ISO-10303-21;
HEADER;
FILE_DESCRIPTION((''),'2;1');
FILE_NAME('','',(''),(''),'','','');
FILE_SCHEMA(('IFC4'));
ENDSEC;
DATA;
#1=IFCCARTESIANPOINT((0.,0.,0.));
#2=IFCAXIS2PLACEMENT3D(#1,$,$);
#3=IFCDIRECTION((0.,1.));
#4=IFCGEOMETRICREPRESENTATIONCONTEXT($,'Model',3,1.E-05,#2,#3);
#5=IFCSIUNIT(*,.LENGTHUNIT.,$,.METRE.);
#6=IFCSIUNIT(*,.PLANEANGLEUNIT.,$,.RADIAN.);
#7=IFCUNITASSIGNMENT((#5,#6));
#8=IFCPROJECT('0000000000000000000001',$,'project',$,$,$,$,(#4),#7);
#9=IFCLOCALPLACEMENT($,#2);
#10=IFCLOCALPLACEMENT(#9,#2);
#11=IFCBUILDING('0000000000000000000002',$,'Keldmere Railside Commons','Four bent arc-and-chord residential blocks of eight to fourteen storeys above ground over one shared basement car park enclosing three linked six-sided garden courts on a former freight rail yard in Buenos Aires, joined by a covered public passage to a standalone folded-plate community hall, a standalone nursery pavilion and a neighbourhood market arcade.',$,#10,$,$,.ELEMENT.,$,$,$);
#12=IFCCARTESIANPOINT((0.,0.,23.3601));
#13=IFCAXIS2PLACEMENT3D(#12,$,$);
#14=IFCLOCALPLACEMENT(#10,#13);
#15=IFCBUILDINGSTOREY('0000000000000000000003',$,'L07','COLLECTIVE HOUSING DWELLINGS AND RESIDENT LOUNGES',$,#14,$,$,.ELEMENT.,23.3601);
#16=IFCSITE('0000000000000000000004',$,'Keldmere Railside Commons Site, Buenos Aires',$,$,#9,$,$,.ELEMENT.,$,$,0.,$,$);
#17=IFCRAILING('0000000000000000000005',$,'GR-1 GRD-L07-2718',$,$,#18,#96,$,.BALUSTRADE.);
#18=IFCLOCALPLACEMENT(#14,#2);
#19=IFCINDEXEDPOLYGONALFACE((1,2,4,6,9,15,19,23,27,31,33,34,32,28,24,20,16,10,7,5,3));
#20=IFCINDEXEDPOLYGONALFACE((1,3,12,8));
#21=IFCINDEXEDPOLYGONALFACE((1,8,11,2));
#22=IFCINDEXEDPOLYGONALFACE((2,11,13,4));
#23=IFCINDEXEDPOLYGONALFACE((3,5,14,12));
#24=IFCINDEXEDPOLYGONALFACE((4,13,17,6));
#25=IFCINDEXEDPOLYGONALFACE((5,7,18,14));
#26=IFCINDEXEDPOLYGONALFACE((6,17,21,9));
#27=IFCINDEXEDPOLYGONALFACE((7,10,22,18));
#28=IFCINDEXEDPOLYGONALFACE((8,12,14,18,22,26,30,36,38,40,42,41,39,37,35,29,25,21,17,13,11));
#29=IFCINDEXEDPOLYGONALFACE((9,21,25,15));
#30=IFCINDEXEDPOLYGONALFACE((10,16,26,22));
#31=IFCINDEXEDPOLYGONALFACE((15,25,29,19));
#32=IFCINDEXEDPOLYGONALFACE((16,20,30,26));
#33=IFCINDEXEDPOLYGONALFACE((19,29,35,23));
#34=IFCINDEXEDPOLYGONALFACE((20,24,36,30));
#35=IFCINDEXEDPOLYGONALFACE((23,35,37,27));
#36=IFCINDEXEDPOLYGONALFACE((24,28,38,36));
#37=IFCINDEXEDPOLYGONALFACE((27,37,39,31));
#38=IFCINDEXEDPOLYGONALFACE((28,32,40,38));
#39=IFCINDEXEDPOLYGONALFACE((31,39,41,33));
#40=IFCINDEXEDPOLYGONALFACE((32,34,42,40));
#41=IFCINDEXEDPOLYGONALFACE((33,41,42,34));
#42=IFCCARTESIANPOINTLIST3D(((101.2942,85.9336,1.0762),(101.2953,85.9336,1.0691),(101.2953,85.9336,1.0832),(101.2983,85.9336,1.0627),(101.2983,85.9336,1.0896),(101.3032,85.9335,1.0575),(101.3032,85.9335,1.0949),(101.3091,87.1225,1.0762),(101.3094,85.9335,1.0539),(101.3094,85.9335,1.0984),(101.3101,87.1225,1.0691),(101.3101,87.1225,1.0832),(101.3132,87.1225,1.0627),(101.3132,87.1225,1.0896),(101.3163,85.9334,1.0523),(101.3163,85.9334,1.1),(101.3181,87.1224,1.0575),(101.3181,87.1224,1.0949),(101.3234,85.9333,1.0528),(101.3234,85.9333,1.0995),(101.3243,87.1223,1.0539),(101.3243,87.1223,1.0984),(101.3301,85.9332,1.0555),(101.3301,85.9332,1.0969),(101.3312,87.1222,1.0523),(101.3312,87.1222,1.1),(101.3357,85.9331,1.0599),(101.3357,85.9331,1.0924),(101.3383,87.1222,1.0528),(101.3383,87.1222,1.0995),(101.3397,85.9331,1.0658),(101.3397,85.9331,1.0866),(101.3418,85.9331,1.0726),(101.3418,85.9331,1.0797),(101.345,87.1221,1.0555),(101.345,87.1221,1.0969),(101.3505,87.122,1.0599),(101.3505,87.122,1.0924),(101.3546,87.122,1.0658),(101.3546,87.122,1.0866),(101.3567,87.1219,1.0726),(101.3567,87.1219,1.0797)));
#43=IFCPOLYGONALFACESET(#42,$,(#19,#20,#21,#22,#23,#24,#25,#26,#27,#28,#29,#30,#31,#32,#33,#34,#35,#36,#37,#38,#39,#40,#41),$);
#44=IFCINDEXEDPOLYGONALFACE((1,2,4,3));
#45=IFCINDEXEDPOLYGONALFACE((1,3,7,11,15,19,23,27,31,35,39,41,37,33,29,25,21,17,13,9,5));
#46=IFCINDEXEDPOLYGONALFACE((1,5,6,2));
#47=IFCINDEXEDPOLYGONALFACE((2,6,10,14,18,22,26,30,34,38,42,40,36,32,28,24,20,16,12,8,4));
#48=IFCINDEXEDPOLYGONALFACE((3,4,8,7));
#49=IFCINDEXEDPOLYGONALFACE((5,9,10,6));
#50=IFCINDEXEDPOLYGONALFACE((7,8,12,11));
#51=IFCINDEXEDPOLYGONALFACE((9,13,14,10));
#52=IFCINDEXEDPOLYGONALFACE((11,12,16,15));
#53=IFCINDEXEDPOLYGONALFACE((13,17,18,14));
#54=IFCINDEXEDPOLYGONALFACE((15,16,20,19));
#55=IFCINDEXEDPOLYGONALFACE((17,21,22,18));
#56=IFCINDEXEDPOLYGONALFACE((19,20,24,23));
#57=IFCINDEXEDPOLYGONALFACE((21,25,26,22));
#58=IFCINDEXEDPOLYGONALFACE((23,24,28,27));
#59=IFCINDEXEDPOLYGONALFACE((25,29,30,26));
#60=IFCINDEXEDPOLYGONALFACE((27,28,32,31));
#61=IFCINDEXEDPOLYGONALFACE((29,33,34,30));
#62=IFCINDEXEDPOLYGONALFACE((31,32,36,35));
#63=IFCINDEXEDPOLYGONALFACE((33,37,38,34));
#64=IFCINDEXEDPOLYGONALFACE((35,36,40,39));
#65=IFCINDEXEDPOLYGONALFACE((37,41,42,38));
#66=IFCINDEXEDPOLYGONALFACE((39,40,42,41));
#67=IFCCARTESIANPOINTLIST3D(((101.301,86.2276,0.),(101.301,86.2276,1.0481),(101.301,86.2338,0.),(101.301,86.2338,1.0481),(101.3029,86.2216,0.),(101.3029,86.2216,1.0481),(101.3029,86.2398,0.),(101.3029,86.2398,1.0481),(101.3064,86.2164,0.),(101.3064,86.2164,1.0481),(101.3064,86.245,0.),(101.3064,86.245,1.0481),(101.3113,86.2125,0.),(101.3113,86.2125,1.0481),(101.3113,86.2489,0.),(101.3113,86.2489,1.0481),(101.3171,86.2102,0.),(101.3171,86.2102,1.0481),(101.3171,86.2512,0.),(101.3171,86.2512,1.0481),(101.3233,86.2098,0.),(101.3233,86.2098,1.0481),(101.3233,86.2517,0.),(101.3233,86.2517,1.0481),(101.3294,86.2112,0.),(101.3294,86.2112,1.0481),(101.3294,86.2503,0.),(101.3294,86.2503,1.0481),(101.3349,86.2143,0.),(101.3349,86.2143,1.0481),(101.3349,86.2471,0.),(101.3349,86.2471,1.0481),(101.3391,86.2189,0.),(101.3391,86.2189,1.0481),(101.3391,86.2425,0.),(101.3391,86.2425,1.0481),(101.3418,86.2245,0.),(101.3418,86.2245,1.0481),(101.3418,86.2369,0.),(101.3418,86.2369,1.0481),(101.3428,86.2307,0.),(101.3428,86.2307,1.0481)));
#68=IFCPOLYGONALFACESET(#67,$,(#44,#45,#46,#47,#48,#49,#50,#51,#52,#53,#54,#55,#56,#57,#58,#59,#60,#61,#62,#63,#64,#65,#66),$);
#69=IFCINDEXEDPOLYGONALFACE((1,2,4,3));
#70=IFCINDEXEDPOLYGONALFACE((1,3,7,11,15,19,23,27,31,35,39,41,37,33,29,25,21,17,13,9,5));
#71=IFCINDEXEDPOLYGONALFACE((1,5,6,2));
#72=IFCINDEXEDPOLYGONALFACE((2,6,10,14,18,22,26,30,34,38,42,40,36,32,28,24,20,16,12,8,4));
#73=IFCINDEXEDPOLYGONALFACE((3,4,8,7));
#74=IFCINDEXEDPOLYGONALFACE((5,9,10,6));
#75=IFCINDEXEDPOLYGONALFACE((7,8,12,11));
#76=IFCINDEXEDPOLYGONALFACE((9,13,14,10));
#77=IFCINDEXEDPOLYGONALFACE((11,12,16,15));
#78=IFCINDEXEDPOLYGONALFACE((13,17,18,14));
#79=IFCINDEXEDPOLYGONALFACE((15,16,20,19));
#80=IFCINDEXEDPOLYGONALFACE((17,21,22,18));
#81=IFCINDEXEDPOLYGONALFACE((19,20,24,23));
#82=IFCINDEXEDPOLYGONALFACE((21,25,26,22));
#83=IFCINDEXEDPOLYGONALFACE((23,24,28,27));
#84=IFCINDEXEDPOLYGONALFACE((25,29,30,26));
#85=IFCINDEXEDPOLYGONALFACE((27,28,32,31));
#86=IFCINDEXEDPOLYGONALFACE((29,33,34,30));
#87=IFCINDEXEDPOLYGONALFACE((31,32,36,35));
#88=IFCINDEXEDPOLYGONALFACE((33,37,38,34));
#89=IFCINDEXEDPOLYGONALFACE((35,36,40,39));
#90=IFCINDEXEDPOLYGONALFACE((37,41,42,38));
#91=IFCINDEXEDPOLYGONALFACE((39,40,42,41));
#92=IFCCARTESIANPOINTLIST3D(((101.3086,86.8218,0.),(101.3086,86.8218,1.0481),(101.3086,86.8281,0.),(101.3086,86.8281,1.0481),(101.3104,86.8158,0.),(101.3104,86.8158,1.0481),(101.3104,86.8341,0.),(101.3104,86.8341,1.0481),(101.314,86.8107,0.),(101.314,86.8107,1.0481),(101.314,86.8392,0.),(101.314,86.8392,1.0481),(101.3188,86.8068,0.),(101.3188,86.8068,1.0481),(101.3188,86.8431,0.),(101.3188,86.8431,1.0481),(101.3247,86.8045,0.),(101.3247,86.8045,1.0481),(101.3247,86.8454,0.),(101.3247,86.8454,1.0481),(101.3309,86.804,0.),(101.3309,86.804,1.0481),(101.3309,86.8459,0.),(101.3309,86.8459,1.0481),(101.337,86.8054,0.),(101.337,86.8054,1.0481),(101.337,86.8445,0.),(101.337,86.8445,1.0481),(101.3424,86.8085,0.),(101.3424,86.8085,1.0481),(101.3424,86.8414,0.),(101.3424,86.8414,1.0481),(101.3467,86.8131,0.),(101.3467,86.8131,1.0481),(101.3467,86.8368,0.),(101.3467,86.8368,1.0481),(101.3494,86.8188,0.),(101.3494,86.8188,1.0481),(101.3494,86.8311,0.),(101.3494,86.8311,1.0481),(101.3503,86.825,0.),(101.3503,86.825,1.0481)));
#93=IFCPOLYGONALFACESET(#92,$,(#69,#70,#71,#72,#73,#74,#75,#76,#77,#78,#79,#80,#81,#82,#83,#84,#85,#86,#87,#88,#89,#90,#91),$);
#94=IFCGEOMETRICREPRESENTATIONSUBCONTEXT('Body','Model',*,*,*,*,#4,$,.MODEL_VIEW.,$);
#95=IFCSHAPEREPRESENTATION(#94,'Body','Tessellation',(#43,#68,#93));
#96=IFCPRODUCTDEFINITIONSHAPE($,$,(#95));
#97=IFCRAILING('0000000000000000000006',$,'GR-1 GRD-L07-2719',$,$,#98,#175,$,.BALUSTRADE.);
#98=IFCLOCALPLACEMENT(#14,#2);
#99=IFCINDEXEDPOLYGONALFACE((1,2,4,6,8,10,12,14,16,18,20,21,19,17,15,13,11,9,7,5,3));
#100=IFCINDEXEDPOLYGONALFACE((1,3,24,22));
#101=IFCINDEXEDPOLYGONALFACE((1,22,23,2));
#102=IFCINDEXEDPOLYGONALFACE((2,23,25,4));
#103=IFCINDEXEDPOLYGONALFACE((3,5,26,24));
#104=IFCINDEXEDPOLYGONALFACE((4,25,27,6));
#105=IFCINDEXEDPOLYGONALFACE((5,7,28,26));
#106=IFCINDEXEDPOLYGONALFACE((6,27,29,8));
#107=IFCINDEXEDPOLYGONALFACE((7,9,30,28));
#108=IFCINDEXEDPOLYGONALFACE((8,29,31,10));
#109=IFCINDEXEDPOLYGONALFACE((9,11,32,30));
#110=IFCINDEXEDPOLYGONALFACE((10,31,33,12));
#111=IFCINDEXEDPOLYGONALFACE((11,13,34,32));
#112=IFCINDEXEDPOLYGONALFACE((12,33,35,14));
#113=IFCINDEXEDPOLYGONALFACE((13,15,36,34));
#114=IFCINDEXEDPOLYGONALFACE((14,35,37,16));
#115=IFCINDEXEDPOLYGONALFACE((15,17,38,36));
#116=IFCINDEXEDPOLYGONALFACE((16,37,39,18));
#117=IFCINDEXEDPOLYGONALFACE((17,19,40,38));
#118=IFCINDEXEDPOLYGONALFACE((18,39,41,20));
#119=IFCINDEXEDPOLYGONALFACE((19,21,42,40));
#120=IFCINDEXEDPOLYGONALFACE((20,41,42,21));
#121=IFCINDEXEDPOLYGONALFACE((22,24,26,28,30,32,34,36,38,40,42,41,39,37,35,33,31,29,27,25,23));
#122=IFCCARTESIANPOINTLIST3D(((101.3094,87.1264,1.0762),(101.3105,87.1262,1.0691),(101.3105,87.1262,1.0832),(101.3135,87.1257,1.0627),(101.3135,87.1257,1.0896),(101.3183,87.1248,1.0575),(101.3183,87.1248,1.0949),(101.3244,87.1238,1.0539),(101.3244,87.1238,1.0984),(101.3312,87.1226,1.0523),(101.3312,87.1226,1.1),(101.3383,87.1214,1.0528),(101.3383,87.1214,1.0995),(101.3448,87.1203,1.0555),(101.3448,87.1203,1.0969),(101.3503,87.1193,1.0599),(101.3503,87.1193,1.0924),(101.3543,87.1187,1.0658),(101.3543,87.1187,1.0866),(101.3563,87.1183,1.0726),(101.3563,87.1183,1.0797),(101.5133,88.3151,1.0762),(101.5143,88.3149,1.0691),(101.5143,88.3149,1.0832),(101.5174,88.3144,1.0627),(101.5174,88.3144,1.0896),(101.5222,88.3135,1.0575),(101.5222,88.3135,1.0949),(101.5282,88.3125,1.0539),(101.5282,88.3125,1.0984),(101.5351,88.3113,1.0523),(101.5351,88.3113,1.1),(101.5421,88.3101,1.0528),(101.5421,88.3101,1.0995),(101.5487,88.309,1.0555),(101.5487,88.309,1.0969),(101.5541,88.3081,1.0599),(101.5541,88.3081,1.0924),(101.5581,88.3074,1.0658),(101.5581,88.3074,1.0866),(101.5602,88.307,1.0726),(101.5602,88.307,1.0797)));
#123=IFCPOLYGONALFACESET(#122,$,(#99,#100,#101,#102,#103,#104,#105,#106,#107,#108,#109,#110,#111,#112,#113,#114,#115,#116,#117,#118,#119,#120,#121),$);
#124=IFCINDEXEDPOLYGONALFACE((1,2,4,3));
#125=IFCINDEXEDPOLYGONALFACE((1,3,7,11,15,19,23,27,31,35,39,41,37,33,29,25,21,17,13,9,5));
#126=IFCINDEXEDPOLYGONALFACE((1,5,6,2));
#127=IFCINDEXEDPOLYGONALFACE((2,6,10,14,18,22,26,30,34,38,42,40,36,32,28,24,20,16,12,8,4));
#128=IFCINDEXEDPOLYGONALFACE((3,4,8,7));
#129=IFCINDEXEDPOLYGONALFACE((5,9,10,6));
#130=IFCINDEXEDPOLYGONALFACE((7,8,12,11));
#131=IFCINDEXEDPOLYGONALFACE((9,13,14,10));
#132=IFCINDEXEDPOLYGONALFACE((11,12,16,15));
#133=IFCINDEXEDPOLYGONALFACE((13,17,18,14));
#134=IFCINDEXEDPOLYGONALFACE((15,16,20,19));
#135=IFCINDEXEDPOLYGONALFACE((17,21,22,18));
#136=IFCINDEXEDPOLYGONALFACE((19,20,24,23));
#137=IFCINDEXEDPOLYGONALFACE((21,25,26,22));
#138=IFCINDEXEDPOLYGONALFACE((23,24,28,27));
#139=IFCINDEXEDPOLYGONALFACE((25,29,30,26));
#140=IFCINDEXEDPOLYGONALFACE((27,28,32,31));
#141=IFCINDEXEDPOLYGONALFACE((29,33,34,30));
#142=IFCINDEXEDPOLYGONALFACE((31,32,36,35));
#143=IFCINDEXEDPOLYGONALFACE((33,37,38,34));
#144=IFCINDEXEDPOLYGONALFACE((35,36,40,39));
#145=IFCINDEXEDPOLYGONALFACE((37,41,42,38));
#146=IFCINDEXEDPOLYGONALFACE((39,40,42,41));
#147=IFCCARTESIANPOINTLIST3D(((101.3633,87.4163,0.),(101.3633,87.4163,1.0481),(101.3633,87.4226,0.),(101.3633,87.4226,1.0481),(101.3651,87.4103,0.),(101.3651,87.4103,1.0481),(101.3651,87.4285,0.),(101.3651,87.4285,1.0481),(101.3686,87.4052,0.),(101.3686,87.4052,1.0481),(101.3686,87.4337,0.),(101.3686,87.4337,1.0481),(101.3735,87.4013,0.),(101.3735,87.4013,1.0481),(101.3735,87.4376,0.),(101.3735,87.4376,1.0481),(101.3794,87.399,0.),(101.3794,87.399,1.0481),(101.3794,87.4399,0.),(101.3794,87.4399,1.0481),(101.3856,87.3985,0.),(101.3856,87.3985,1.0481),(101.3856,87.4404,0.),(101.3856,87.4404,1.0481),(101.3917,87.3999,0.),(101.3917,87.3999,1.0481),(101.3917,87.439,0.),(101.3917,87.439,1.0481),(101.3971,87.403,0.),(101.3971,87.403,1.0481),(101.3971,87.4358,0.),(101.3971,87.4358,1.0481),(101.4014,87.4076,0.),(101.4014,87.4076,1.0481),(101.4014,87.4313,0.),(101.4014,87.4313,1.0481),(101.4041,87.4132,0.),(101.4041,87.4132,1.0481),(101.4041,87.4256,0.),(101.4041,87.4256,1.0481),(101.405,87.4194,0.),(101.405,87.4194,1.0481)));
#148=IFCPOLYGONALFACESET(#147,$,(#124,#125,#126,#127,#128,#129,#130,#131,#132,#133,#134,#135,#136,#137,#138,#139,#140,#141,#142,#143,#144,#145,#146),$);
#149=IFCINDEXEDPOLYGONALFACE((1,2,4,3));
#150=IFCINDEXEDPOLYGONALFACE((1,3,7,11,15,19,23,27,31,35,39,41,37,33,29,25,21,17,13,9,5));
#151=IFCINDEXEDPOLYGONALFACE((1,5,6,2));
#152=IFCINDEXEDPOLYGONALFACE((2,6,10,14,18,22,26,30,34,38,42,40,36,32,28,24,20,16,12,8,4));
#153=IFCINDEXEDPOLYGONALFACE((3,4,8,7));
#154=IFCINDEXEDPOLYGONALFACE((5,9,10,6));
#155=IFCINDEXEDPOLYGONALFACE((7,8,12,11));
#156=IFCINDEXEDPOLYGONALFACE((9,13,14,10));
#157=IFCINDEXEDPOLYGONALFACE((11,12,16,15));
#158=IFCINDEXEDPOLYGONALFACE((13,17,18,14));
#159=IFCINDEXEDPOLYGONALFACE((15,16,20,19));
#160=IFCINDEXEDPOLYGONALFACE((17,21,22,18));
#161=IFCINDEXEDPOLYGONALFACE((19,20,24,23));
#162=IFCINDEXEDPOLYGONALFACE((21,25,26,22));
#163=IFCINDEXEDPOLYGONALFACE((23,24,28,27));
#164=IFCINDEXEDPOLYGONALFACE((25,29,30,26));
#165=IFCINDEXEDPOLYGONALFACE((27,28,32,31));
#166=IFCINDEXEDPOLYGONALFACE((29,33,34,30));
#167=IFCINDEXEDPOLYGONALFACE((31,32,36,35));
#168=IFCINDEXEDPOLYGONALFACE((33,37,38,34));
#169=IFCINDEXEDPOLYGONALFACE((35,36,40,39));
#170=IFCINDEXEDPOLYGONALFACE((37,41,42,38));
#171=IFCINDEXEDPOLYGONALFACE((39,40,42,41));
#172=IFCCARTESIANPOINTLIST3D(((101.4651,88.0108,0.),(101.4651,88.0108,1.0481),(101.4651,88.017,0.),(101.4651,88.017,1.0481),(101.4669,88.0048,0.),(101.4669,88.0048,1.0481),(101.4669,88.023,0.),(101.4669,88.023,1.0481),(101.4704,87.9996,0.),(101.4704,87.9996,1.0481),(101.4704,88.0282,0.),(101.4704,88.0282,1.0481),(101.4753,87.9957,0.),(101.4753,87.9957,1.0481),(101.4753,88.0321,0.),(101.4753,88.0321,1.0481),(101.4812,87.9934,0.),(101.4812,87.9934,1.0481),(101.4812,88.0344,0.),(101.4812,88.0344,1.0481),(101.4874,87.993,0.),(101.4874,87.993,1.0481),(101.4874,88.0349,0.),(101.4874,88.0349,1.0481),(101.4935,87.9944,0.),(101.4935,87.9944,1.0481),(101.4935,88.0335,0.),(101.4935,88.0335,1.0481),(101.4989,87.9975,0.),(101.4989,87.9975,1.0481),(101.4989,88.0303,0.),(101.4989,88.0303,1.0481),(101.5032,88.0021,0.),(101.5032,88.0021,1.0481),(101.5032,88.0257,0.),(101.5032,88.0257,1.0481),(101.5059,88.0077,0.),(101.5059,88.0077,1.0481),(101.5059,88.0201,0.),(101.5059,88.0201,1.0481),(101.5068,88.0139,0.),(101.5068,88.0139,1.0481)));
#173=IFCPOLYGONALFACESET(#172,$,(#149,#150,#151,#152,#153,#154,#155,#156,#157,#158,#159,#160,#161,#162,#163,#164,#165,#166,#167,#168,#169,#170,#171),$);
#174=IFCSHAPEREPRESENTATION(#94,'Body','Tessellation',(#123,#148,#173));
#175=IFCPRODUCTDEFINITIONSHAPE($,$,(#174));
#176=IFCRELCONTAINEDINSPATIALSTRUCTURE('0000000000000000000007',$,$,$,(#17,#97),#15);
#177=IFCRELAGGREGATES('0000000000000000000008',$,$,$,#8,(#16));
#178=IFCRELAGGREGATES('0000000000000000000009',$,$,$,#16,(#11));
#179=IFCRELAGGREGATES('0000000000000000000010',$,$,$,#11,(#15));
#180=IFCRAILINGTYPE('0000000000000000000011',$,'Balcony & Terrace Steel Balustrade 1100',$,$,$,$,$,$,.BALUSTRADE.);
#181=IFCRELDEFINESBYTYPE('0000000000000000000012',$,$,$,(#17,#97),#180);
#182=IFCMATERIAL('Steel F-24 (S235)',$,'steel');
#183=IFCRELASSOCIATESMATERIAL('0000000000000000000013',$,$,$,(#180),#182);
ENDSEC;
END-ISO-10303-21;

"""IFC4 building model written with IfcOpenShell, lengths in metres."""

from ifc_helpers import new_model, si_unit, direction, frame, origin, origin_2d, place, context, subcontext, project, spatial, circle, extrude, material, type_object, element, save


model = new_model("IFC4")

# Units and contexts
model_context = context("Model", 3, precision=1e-05, world=origin(), true_north=direction((0.0, 1.0)))
body_context = subcontext(model_context, "Body", "Model", "MODEL_VIEW")
ifc_project = project(units=[si_unit("LENGTHUNIT", "METRE"), si_unit("PLANEANGLEUNIT", "RADIAN")], contexts=[model_context])

# Site, building, storey
site_placement = place(None, origin())
site = spatial("IfcSite", under=ifc_project, at=site_placement, Name="Keldmere Railside Commons Site, Buenos Aires", CompositionType="ELEMENT", RefElevation=0.0)
building_placement = place(site_placement, origin())
building = spatial("IfcBuilding", under=site, at=building_placement, Name="Keldmere Railside Commons", Description="Four bent arc-and-chord residential blocks of eight to fourteen storeys above ground over one shared basement car park enclosing three linked six-sided garden courts on a former freight rail yard in Buenos Aires, joined by a covered public passage to a standalone folded-plate community hall, a standalone nursery pavilion and a neighbourhood market arcade.", CompositionType="ELEMENT")
storey_placement = place(building_placement, frame((0.0, 0.0, 23.3601)))
storey = spatial("IfcBuildingStorey", under=building, at=storey_placement, Name="L07", Description="COLLECTIVE HOUSING DWELLINGS AND RESIDENT LOUNGES", CompositionType="ELEMENT", Elevation=23.3601)

# Shared definitions
ifc_material_1 = material(Name="Steel F-24 (S235)", Category="steel")

# Railings
railing_type = type_object("IfcRailingType", Name="Balcony & Terrace Steel Balustrade 1100", PredefinedType="BALUSTRADE", material=ifc_material_1)
railing_1_placement = place(storey_placement, frame((101.3181, 85.9333, 0.0)))
element("IfcRailing", 1, at=railing_1_placement, inside=storey, type_object=railing_type, Name="GR-1 GRD-L07-2718", PredefinedType="BALUSTRADE", context=body_context, shape_type="SweptSolid", body=[
    extrude(circle(Radius=0.0239, at=origin_2d()), frame((0.0, 0.0, 1.0762), z_axis=(0.012525, 0.999922, 0.0), x_axis=(-0.999922, 0.012525, 0.0)), (0.0, 0.0, 1.0), 1.189),
    extrude(circle(Radius=0.021, at=origin_2d()), frame((0.0037, 0.2974, 0.0)), (0.0, 0.0, 1.0), 1.0481),
    extrude(circle(Radius=0.021, at=origin_2d()), frame((0.0112, 0.8916, 0.0)), (0.0, 0.0, 1.0), 1.0481),
])
railing_2_placement = place(storey_placement, frame((101.333, 87.1223, 0.0)))
element("IfcRailing", 2, at=railing_2_placement, inside=storey, type_object=railing_type, Name="GR-1 GRD-L07-2719", PredefinedType="BALUSTRADE", context=body_context, shape_type="SweptSolid", body=[
    extrude(circle(Radius=0.0239, at=origin_2d()), frame((0.0, 0.0, 1.0762), z_axis=(0.169026, 0.985612, 0.0), x_axis=(-0.985612, 0.169026, 0.0)), (0.0, 0.0, 1.0), 1.2061),
    extrude(circle(Radius=0.021, at=origin_2d()), frame((0.051, 0.2971, 0.0)), (0.0, 0.0, 1.0), 1.0481),
    extrude(circle(Radius=0.021, at=origin_2d()), frame((0.1528, 0.8916, 0.0)), (0.0, 0.0, 1.0), 1.0481),
])

save(model, "model.ifc")
